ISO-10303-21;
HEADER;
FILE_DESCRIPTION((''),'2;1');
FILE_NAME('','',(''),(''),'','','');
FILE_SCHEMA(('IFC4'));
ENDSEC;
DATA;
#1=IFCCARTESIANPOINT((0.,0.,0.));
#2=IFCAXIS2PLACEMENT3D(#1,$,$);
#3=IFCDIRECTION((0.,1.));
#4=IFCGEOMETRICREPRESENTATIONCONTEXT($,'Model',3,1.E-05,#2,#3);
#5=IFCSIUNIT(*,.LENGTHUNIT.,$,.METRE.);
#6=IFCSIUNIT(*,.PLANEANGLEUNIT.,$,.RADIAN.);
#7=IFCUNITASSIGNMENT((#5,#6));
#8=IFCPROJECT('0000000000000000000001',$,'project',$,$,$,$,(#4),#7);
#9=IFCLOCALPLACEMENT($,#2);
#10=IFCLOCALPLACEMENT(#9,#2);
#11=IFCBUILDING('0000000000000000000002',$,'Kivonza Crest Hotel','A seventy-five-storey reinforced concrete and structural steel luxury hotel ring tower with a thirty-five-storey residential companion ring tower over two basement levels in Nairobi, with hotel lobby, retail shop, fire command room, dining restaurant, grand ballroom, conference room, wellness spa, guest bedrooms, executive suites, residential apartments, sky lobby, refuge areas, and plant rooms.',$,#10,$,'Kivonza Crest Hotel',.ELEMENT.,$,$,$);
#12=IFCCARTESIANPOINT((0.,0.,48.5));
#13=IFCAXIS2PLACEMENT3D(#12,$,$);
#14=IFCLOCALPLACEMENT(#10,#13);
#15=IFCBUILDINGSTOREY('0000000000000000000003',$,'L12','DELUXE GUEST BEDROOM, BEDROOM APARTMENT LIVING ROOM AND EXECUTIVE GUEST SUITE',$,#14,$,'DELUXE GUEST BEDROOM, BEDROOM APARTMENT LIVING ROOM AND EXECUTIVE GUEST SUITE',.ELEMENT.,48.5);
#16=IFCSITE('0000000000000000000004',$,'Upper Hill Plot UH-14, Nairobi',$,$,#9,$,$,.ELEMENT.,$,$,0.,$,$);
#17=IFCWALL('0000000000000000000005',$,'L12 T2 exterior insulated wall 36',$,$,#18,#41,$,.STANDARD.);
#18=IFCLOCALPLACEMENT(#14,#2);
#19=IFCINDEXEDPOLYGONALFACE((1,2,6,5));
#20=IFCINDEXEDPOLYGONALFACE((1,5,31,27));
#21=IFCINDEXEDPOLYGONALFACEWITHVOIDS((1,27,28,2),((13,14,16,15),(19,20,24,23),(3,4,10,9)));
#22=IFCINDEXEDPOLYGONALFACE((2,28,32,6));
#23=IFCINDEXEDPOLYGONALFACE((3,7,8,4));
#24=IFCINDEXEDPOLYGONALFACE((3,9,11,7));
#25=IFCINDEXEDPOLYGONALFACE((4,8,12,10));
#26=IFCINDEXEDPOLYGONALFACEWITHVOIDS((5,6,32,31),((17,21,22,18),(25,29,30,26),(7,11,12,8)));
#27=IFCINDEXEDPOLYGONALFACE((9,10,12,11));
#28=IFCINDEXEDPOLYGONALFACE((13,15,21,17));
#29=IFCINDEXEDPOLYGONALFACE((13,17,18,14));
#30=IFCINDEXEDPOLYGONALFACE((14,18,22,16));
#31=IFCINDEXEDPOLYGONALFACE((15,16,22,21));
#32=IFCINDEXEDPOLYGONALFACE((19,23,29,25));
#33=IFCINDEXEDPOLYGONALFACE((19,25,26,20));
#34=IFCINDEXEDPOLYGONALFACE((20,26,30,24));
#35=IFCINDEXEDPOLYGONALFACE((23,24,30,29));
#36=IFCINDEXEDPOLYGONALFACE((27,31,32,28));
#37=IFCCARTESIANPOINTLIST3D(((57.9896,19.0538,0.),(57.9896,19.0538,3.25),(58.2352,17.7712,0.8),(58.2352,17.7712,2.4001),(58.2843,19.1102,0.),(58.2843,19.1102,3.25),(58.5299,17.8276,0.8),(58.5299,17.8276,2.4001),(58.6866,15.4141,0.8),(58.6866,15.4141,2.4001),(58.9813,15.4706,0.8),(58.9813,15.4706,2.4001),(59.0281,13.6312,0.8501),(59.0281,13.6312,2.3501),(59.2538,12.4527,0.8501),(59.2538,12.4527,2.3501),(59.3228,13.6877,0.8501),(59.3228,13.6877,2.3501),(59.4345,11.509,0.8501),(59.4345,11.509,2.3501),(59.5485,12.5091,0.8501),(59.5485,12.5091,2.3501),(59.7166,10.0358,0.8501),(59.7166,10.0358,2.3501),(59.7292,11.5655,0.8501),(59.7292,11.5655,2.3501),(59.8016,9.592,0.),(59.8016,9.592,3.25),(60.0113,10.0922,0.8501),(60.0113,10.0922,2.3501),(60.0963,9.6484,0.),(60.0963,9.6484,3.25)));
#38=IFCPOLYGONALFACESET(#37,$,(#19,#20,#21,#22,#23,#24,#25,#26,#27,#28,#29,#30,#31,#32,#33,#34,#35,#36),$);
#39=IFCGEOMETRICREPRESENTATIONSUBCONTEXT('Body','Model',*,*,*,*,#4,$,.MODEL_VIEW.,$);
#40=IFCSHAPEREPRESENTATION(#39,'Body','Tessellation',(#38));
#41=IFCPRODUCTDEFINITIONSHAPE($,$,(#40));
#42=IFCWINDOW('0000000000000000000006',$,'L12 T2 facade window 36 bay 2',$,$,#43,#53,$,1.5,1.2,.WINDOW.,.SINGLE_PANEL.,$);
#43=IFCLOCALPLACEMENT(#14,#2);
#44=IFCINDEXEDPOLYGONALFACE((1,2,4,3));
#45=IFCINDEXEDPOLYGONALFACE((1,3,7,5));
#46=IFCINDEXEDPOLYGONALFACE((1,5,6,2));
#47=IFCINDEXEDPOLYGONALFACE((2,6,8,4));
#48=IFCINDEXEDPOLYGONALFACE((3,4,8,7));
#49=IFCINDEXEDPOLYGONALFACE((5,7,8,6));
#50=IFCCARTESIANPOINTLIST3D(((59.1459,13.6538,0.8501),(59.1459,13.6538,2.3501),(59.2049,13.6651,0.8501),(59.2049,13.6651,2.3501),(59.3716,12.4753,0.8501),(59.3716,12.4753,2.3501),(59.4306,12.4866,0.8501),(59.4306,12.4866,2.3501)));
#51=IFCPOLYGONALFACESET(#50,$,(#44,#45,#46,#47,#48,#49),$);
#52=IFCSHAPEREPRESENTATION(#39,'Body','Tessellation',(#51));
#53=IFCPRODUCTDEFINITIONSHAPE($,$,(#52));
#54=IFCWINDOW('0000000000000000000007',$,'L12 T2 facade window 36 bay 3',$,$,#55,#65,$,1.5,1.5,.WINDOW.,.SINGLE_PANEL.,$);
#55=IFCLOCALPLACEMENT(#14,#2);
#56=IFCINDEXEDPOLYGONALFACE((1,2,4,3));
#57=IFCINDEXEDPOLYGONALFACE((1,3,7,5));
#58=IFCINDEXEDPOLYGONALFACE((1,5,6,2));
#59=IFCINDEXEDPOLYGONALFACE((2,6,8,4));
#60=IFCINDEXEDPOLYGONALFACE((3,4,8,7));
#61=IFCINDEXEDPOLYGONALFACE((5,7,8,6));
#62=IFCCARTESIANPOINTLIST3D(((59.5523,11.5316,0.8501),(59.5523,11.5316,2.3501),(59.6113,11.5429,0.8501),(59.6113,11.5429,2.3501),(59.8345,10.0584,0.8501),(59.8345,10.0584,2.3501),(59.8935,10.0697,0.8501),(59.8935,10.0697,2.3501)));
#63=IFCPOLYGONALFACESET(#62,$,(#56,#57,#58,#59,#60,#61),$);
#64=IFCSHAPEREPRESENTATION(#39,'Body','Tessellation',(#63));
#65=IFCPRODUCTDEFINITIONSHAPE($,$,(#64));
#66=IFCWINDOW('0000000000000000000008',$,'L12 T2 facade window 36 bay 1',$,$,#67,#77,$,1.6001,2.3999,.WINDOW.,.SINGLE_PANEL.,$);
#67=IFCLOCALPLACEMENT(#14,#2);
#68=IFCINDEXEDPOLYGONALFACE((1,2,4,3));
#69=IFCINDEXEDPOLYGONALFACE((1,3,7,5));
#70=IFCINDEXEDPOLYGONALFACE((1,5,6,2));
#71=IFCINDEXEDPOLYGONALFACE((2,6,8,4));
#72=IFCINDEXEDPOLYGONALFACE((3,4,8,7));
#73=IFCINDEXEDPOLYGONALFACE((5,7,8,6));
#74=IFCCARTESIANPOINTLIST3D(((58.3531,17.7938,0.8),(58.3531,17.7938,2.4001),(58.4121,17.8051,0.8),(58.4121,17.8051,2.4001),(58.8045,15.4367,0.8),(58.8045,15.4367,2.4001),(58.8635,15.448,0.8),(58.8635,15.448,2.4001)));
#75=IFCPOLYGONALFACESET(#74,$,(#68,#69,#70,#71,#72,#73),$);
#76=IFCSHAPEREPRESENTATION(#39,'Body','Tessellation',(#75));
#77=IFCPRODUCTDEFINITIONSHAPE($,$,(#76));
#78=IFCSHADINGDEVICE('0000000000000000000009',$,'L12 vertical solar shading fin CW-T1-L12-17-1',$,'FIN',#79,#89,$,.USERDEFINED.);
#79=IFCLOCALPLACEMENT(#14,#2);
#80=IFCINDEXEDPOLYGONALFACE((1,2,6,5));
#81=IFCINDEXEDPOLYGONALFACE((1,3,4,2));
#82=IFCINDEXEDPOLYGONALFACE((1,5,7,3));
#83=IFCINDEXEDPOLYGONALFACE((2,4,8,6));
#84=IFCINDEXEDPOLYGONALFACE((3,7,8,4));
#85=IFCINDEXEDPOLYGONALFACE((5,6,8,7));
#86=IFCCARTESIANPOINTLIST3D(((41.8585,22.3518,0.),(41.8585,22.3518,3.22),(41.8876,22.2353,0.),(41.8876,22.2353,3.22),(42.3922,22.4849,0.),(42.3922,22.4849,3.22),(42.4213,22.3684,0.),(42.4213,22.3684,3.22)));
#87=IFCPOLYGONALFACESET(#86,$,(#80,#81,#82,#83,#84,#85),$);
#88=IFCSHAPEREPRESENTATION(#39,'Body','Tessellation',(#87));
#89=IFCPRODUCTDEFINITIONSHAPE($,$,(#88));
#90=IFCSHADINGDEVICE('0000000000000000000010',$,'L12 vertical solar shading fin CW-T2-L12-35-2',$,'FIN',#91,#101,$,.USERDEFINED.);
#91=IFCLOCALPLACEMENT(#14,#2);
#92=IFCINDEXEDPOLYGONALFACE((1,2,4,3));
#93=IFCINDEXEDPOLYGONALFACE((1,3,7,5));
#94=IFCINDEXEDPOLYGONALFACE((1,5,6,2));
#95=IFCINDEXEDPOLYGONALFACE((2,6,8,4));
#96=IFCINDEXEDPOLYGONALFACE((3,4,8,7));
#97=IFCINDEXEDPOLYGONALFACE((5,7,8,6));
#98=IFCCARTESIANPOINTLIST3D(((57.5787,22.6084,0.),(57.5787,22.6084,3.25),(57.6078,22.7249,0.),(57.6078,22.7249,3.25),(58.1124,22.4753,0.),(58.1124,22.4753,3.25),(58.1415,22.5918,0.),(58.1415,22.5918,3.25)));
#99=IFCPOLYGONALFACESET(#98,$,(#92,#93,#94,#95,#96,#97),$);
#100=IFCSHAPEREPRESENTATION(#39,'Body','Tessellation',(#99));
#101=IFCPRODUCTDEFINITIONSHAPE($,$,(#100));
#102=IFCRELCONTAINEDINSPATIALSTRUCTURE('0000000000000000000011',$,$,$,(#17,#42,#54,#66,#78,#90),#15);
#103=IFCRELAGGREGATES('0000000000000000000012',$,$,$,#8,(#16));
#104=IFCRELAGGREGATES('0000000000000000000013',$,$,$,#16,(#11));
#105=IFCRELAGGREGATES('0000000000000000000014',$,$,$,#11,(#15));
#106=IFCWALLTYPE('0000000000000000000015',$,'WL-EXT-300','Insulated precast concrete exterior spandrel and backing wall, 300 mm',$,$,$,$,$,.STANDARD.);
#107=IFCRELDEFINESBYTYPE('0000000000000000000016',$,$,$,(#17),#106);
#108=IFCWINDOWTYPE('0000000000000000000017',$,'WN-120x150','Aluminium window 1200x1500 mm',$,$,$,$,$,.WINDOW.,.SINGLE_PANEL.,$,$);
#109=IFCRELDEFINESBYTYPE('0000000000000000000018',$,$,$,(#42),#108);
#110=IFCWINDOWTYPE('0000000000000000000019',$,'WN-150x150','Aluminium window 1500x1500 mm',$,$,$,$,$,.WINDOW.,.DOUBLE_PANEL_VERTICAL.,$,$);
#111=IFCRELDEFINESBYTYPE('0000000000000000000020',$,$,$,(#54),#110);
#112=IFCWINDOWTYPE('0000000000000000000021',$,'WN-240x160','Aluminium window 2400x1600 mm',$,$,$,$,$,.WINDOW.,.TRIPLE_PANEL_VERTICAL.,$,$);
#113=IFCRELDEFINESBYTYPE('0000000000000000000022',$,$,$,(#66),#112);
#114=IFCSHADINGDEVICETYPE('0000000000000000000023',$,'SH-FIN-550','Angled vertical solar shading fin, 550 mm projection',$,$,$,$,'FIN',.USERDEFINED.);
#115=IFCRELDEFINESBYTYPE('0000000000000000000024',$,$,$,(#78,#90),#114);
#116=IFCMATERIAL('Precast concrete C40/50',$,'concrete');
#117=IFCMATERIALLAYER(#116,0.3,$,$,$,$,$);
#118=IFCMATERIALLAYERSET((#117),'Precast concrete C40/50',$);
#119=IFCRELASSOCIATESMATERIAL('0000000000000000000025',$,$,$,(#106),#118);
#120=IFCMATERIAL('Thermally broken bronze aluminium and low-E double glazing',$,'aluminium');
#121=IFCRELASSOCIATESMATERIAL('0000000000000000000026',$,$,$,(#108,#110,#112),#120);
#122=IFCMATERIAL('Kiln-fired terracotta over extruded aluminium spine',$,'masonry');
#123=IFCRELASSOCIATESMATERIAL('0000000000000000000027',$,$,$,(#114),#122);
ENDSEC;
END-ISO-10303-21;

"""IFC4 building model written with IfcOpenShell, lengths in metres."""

from ifc_helpers import new_model, si_unit, direction, frame, frame_2d, origin, origin_2d, place, context, subcontext, project, spatial, rectangle, extrude, material, layer, layer_set, type_object, element, fill, save


model = new_model("IFC4")

# Units and contexts
model_context = context("Model", 3, precision=1e-05, world=origin(), true_north=direction((0.0, 1.0)))
body_context = subcontext(model_context, "Body", "Model", "MODEL_VIEW")
ifc_project = project(units=[si_unit("LENGTHUNIT", "METRE"), si_unit("PLANEANGLEUNIT", "RADIAN")], contexts=[model_context])

# Site, building, storey
site_placement = place(None, origin())
site = spatial("IfcSite", under=ifc_project, at=site_placement, Name="Upper Hill Plot UH-14, Nairobi", CompositionType="ELEMENT", RefElevation=0.0)
building_placement = place(site_placement, origin())
building = spatial("IfcBuilding", under=site, at=building_placement, Name="Kivonza Crest Hotel", Description="A seventy-five-storey reinforced concrete and structural steel luxury hotel ring tower with a thirty-five-storey residential companion ring tower over two basement levels in Nairobi, with hotel lobby, retail shop, fire command room, dining restaurant, grand ballroom, conference room, wellness spa, guest bedrooms, executive suites, residential apartments, sky lobby, refuge areas, and plant rooms.", LongName="Kivonza Crest Hotel", CompositionType="ELEMENT")
storey_placement = place(building_placement, frame((0.0, 0.0, 48.5)))
storey = spatial("IfcBuildingStorey", under=building, at=storey_placement, Name="L12", Description="DELUXE GUEST BEDROOM, BEDROOM APARTMENT LIVING ROOM AND EXECUTIVE GUEST SUITE", LongName="DELUXE GUEST BEDROOM, BEDROOM APARTMENT LIVING ROOM AND EXECUTIVE GUEST SUITE", CompositionType="ELEMENT", Elevation=48.5)

# Wall, openings, windows
ifc_material_1 = material(Name="Precast concrete C40/50", Category="concrete")
ifc_layer_1 = layer(ifc_material_1, 0.3)
ifc_layer_set_1 = layer_set([ifc_layer_1], Name="Precast concrete C40/50")
wall_type_1 = type_object("IfcWallType", Name="WL-EXT-300", Description="Insulated precast concrete exterior spandrel and backing wall, 300 mm", PredefinedType="STANDARD", material=ifc_layer_set_1)
wall_1_placement = place(storey_placement, frame((58.137, 19.082, 0.0), z_axis=(0.0, 0.0, 1.0), x_axis=(0.188088, -0.982152, 0.0)))
wall_1 = element("IfcWall", 1, at=wall_1_placement, inside=storey, type_object=wall_type_1, Name="L12 T2 exterior insulated wall 36", PredefinedType="STANDARD", context=body_context, shape_type="SweptSolid", body=[
    extrude(rectangle(XDim=9.6338, YDim=0.3, at=frame_2d((4.8169, 0.0))), origin(), (0.0, 0.0, 1.0), 3.25),
])
opening_1_placement = place(wall_1_placement, frame((1.3059, 0.0, 0.8)))
opening_1 = element("IfcOpeningElement", 2, at=opening_1_placement, cuts=wall_1, PredefinedType="OPENING", context=body_context, shape_type="SweptSolid", body=[
    extrude(rectangle(XDim=2.3999, YDim=1.6001, at=frame_2d((1.2, 0.8))), frame((0.0, 0.1602, 0.0), z_axis=(0.0, -1.0, 0.0), x_axis=(1.0, 0.0, 0.0)), (0.0, 0.0, 1.0), 0.3201),
])
opening_2_placement = place(wall_1_placement, frame((5.521, 0.0, 0.8501)))
opening_2 = element("IfcOpeningElement", 3, at=opening_2_placement, cuts=wall_1, PredefinedType="OPENING", context=body_context, shape_type="SweptSolid", body=[
    extrude(rectangle(XDim=1.2, YDim=1.5, at=frame_2d((0.6001, 0.75))), frame((0.0, 0.1602, 0.0), z_axis=(0.0, -1.0, 0.0), x_axis=(1.0, 0.0, 0.0)), (0.0, 0.0, 1.0), 0.3201),
])
opening_3_placement = place(wall_1_placement, frame((7.6819, 0.0, 0.8501)))
opening_3 = element("IfcOpeningElement", 4, at=opening_3_placement, cuts=wall_1, PredefinedType="OPENING", context=body_context, shape_type="SweptSolid", body=[
    extrude(rectangle(XDim=1.5, YDim=1.5, at=frame_2d((0.75, 0.75))), frame((0.0, 0.1602, 0.0), z_axis=(0.0, -1.0, 0.0), x_axis=(1.0, 0.0, 0.0)), (0.0, 0.0, 1.0), 0.3201),
])
ifc_material_2 = material(Name="Thermally broken bronze aluminium and low-E double glazing", Category="aluminium")
window_type_1 = type_object("IfcWindowType", Name="WN-120x150", Description="Aluminium window 1200x1500 mm", PartitioningType="SINGLE_PANEL", PredefinedType="WINDOW", material=ifc_material_2)
window_1_placement = place(opening_2_placement, origin())
window_1 = element("IfcWindow", 5, at=window_1_placement, inside=storey, type_object=window_type_1, Name="L12 T2 facade window 36 bay 2", OverallHeight=1.5, OverallWidth=1.2, PartitioningType="SINGLE_PANEL", PredefinedType="WINDOW", context=body_context, shape_type="SweptSolid", body=[
    extrude(rectangle(XDim=1.2, YDim=1.5, at=frame_2d((0.6001, 0.75))), frame((0.0, 0.03, 0.0), z_axis=(0.0, -1.0, 0.0), x_axis=(1.0, 0.0, 0.0)), (0.0, 0.0, 1.0), 0.0601),
])
fill(opening_2, window_1)
window_type_2 = type_object("IfcWindowType", Name="WN-150x150", Description="Aluminium window 1500x1500 mm", PartitioningType="DOUBLE_PANEL_VERTICAL", PredefinedType="WINDOW", material=ifc_material_2)
window_2_placement = place(opening_3_placement, origin())
window_2 = element("IfcWindow", 6, at=window_2_placement, inside=storey, type_object=window_type_2, Name="L12 T2 facade window 36 bay 3", OverallHeight=1.5, OverallWidth=1.5, PartitioningType="SINGLE_PANEL", PredefinedType="WINDOW", context=body_context, shape_type="SweptSolid", body=[
    extrude(rectangle(XDim=1.5, YDim=1.5, at=frame_2d((0.75, 0.75))), frame((0.0, 0.03, 0.0), z_axis=(0.0, -1.0, 0.0), x_axis=(1.0, 0.0, 0.0)), (0.0, 0.0, 1.0), 0.0601),
])
fill(opening_3, window_2)
window_type_3 = type_object("IfcWindowType", Name="WN-240x160", Description="Aluminium window 2400x1600 mm", PartitioningType="TRIPLE_PANEL_VERTICAL", PredefinedType="WINDOW", material=ifc_material_2)
window_3_placement = place(opening_1_placement, origin())
window_3 = element("IfcWindow", 7, at=window_3_placement, inside=storey, type_object=window_type_3, Name="L12 T2 facade window 36 bay 1", OverallHeight=1.6001, OverallWidth=2.3999, PartitioningType="SINGLE_PANEL", PredefinedType="WINDOW", context=body_context, shape_type="SweptSolid", body=[
    extrude(rectangle(XDim=2.3999, YDim=1.6001, at=frame_2d((1.2, 0.8))), frame((0.0, 0.03, 0.0), z_axis=(0.0, -1.0, 0.0), x_axis=(1.0, 0.0, 0.0)), (0.0, 0.0, 1.0), 0.0601),
])
fill(opening_1, window_3)

# Shading devices
ifc_material_3 = material(Name="Kiln-fired terracotta over extruded aluminium spine", Category="masonry")
shading_device_type = type_object("IfcShadingDeviceType", Name="SH-FIN-550", Description="Angled vertical solar shading fin, 550 mm projection", ElementType="FIN", PredefinedType="USERDEFINED", material=ifc_material_3)
shading_device_1_placement = place(storey_placement, frame((42.1399, 22.3601, 0.0), z_axis=(0.0, 0.0, 1.0), x_axis=(-0.241922, 0.970296, 0.0)))
element("IfcShadingDevice", 8, at=shading_device_1_placement, inside=storey, type_object=shading_device_type, Name="L12 vertical solar shading fin CW-T1-L12-17-1", ObjectType="FIN", PredefinedType="USERDEFINED", context=body_context, shape_type="SweptSolid", body=[
    extrude(rectangle(XDim=0.1201, YDim=0.55, at=origin_2d()), origin(), (0.0, 0.0, 1.0), 3.22),
])
shading_device_2_placement = place(storey_placement, frame((57.8601, 22.6001, 0.0), z_axis=(0.0, 0.0, 1.0), x_axis=(-0.241922, -0.970296, 0.0)))
element("IfcShadingDevice", 9, at=shading_device_2_placement, inside=storey, type_object=shading_device_type, Name="L12 vertical solar shading fin CW-T2-L12-35-2", ObjectType="FIN", PredefinedType="USERDEFINED", context=body_context, shape_type="SweptSolid", body=[
    extrude(rectangle(XDim=0.1201, YDim=0.55, at=origin_2d()), origin(), (0.0, 0.0, 1.0), 3.25),
])

save(model, "model.ifc")
